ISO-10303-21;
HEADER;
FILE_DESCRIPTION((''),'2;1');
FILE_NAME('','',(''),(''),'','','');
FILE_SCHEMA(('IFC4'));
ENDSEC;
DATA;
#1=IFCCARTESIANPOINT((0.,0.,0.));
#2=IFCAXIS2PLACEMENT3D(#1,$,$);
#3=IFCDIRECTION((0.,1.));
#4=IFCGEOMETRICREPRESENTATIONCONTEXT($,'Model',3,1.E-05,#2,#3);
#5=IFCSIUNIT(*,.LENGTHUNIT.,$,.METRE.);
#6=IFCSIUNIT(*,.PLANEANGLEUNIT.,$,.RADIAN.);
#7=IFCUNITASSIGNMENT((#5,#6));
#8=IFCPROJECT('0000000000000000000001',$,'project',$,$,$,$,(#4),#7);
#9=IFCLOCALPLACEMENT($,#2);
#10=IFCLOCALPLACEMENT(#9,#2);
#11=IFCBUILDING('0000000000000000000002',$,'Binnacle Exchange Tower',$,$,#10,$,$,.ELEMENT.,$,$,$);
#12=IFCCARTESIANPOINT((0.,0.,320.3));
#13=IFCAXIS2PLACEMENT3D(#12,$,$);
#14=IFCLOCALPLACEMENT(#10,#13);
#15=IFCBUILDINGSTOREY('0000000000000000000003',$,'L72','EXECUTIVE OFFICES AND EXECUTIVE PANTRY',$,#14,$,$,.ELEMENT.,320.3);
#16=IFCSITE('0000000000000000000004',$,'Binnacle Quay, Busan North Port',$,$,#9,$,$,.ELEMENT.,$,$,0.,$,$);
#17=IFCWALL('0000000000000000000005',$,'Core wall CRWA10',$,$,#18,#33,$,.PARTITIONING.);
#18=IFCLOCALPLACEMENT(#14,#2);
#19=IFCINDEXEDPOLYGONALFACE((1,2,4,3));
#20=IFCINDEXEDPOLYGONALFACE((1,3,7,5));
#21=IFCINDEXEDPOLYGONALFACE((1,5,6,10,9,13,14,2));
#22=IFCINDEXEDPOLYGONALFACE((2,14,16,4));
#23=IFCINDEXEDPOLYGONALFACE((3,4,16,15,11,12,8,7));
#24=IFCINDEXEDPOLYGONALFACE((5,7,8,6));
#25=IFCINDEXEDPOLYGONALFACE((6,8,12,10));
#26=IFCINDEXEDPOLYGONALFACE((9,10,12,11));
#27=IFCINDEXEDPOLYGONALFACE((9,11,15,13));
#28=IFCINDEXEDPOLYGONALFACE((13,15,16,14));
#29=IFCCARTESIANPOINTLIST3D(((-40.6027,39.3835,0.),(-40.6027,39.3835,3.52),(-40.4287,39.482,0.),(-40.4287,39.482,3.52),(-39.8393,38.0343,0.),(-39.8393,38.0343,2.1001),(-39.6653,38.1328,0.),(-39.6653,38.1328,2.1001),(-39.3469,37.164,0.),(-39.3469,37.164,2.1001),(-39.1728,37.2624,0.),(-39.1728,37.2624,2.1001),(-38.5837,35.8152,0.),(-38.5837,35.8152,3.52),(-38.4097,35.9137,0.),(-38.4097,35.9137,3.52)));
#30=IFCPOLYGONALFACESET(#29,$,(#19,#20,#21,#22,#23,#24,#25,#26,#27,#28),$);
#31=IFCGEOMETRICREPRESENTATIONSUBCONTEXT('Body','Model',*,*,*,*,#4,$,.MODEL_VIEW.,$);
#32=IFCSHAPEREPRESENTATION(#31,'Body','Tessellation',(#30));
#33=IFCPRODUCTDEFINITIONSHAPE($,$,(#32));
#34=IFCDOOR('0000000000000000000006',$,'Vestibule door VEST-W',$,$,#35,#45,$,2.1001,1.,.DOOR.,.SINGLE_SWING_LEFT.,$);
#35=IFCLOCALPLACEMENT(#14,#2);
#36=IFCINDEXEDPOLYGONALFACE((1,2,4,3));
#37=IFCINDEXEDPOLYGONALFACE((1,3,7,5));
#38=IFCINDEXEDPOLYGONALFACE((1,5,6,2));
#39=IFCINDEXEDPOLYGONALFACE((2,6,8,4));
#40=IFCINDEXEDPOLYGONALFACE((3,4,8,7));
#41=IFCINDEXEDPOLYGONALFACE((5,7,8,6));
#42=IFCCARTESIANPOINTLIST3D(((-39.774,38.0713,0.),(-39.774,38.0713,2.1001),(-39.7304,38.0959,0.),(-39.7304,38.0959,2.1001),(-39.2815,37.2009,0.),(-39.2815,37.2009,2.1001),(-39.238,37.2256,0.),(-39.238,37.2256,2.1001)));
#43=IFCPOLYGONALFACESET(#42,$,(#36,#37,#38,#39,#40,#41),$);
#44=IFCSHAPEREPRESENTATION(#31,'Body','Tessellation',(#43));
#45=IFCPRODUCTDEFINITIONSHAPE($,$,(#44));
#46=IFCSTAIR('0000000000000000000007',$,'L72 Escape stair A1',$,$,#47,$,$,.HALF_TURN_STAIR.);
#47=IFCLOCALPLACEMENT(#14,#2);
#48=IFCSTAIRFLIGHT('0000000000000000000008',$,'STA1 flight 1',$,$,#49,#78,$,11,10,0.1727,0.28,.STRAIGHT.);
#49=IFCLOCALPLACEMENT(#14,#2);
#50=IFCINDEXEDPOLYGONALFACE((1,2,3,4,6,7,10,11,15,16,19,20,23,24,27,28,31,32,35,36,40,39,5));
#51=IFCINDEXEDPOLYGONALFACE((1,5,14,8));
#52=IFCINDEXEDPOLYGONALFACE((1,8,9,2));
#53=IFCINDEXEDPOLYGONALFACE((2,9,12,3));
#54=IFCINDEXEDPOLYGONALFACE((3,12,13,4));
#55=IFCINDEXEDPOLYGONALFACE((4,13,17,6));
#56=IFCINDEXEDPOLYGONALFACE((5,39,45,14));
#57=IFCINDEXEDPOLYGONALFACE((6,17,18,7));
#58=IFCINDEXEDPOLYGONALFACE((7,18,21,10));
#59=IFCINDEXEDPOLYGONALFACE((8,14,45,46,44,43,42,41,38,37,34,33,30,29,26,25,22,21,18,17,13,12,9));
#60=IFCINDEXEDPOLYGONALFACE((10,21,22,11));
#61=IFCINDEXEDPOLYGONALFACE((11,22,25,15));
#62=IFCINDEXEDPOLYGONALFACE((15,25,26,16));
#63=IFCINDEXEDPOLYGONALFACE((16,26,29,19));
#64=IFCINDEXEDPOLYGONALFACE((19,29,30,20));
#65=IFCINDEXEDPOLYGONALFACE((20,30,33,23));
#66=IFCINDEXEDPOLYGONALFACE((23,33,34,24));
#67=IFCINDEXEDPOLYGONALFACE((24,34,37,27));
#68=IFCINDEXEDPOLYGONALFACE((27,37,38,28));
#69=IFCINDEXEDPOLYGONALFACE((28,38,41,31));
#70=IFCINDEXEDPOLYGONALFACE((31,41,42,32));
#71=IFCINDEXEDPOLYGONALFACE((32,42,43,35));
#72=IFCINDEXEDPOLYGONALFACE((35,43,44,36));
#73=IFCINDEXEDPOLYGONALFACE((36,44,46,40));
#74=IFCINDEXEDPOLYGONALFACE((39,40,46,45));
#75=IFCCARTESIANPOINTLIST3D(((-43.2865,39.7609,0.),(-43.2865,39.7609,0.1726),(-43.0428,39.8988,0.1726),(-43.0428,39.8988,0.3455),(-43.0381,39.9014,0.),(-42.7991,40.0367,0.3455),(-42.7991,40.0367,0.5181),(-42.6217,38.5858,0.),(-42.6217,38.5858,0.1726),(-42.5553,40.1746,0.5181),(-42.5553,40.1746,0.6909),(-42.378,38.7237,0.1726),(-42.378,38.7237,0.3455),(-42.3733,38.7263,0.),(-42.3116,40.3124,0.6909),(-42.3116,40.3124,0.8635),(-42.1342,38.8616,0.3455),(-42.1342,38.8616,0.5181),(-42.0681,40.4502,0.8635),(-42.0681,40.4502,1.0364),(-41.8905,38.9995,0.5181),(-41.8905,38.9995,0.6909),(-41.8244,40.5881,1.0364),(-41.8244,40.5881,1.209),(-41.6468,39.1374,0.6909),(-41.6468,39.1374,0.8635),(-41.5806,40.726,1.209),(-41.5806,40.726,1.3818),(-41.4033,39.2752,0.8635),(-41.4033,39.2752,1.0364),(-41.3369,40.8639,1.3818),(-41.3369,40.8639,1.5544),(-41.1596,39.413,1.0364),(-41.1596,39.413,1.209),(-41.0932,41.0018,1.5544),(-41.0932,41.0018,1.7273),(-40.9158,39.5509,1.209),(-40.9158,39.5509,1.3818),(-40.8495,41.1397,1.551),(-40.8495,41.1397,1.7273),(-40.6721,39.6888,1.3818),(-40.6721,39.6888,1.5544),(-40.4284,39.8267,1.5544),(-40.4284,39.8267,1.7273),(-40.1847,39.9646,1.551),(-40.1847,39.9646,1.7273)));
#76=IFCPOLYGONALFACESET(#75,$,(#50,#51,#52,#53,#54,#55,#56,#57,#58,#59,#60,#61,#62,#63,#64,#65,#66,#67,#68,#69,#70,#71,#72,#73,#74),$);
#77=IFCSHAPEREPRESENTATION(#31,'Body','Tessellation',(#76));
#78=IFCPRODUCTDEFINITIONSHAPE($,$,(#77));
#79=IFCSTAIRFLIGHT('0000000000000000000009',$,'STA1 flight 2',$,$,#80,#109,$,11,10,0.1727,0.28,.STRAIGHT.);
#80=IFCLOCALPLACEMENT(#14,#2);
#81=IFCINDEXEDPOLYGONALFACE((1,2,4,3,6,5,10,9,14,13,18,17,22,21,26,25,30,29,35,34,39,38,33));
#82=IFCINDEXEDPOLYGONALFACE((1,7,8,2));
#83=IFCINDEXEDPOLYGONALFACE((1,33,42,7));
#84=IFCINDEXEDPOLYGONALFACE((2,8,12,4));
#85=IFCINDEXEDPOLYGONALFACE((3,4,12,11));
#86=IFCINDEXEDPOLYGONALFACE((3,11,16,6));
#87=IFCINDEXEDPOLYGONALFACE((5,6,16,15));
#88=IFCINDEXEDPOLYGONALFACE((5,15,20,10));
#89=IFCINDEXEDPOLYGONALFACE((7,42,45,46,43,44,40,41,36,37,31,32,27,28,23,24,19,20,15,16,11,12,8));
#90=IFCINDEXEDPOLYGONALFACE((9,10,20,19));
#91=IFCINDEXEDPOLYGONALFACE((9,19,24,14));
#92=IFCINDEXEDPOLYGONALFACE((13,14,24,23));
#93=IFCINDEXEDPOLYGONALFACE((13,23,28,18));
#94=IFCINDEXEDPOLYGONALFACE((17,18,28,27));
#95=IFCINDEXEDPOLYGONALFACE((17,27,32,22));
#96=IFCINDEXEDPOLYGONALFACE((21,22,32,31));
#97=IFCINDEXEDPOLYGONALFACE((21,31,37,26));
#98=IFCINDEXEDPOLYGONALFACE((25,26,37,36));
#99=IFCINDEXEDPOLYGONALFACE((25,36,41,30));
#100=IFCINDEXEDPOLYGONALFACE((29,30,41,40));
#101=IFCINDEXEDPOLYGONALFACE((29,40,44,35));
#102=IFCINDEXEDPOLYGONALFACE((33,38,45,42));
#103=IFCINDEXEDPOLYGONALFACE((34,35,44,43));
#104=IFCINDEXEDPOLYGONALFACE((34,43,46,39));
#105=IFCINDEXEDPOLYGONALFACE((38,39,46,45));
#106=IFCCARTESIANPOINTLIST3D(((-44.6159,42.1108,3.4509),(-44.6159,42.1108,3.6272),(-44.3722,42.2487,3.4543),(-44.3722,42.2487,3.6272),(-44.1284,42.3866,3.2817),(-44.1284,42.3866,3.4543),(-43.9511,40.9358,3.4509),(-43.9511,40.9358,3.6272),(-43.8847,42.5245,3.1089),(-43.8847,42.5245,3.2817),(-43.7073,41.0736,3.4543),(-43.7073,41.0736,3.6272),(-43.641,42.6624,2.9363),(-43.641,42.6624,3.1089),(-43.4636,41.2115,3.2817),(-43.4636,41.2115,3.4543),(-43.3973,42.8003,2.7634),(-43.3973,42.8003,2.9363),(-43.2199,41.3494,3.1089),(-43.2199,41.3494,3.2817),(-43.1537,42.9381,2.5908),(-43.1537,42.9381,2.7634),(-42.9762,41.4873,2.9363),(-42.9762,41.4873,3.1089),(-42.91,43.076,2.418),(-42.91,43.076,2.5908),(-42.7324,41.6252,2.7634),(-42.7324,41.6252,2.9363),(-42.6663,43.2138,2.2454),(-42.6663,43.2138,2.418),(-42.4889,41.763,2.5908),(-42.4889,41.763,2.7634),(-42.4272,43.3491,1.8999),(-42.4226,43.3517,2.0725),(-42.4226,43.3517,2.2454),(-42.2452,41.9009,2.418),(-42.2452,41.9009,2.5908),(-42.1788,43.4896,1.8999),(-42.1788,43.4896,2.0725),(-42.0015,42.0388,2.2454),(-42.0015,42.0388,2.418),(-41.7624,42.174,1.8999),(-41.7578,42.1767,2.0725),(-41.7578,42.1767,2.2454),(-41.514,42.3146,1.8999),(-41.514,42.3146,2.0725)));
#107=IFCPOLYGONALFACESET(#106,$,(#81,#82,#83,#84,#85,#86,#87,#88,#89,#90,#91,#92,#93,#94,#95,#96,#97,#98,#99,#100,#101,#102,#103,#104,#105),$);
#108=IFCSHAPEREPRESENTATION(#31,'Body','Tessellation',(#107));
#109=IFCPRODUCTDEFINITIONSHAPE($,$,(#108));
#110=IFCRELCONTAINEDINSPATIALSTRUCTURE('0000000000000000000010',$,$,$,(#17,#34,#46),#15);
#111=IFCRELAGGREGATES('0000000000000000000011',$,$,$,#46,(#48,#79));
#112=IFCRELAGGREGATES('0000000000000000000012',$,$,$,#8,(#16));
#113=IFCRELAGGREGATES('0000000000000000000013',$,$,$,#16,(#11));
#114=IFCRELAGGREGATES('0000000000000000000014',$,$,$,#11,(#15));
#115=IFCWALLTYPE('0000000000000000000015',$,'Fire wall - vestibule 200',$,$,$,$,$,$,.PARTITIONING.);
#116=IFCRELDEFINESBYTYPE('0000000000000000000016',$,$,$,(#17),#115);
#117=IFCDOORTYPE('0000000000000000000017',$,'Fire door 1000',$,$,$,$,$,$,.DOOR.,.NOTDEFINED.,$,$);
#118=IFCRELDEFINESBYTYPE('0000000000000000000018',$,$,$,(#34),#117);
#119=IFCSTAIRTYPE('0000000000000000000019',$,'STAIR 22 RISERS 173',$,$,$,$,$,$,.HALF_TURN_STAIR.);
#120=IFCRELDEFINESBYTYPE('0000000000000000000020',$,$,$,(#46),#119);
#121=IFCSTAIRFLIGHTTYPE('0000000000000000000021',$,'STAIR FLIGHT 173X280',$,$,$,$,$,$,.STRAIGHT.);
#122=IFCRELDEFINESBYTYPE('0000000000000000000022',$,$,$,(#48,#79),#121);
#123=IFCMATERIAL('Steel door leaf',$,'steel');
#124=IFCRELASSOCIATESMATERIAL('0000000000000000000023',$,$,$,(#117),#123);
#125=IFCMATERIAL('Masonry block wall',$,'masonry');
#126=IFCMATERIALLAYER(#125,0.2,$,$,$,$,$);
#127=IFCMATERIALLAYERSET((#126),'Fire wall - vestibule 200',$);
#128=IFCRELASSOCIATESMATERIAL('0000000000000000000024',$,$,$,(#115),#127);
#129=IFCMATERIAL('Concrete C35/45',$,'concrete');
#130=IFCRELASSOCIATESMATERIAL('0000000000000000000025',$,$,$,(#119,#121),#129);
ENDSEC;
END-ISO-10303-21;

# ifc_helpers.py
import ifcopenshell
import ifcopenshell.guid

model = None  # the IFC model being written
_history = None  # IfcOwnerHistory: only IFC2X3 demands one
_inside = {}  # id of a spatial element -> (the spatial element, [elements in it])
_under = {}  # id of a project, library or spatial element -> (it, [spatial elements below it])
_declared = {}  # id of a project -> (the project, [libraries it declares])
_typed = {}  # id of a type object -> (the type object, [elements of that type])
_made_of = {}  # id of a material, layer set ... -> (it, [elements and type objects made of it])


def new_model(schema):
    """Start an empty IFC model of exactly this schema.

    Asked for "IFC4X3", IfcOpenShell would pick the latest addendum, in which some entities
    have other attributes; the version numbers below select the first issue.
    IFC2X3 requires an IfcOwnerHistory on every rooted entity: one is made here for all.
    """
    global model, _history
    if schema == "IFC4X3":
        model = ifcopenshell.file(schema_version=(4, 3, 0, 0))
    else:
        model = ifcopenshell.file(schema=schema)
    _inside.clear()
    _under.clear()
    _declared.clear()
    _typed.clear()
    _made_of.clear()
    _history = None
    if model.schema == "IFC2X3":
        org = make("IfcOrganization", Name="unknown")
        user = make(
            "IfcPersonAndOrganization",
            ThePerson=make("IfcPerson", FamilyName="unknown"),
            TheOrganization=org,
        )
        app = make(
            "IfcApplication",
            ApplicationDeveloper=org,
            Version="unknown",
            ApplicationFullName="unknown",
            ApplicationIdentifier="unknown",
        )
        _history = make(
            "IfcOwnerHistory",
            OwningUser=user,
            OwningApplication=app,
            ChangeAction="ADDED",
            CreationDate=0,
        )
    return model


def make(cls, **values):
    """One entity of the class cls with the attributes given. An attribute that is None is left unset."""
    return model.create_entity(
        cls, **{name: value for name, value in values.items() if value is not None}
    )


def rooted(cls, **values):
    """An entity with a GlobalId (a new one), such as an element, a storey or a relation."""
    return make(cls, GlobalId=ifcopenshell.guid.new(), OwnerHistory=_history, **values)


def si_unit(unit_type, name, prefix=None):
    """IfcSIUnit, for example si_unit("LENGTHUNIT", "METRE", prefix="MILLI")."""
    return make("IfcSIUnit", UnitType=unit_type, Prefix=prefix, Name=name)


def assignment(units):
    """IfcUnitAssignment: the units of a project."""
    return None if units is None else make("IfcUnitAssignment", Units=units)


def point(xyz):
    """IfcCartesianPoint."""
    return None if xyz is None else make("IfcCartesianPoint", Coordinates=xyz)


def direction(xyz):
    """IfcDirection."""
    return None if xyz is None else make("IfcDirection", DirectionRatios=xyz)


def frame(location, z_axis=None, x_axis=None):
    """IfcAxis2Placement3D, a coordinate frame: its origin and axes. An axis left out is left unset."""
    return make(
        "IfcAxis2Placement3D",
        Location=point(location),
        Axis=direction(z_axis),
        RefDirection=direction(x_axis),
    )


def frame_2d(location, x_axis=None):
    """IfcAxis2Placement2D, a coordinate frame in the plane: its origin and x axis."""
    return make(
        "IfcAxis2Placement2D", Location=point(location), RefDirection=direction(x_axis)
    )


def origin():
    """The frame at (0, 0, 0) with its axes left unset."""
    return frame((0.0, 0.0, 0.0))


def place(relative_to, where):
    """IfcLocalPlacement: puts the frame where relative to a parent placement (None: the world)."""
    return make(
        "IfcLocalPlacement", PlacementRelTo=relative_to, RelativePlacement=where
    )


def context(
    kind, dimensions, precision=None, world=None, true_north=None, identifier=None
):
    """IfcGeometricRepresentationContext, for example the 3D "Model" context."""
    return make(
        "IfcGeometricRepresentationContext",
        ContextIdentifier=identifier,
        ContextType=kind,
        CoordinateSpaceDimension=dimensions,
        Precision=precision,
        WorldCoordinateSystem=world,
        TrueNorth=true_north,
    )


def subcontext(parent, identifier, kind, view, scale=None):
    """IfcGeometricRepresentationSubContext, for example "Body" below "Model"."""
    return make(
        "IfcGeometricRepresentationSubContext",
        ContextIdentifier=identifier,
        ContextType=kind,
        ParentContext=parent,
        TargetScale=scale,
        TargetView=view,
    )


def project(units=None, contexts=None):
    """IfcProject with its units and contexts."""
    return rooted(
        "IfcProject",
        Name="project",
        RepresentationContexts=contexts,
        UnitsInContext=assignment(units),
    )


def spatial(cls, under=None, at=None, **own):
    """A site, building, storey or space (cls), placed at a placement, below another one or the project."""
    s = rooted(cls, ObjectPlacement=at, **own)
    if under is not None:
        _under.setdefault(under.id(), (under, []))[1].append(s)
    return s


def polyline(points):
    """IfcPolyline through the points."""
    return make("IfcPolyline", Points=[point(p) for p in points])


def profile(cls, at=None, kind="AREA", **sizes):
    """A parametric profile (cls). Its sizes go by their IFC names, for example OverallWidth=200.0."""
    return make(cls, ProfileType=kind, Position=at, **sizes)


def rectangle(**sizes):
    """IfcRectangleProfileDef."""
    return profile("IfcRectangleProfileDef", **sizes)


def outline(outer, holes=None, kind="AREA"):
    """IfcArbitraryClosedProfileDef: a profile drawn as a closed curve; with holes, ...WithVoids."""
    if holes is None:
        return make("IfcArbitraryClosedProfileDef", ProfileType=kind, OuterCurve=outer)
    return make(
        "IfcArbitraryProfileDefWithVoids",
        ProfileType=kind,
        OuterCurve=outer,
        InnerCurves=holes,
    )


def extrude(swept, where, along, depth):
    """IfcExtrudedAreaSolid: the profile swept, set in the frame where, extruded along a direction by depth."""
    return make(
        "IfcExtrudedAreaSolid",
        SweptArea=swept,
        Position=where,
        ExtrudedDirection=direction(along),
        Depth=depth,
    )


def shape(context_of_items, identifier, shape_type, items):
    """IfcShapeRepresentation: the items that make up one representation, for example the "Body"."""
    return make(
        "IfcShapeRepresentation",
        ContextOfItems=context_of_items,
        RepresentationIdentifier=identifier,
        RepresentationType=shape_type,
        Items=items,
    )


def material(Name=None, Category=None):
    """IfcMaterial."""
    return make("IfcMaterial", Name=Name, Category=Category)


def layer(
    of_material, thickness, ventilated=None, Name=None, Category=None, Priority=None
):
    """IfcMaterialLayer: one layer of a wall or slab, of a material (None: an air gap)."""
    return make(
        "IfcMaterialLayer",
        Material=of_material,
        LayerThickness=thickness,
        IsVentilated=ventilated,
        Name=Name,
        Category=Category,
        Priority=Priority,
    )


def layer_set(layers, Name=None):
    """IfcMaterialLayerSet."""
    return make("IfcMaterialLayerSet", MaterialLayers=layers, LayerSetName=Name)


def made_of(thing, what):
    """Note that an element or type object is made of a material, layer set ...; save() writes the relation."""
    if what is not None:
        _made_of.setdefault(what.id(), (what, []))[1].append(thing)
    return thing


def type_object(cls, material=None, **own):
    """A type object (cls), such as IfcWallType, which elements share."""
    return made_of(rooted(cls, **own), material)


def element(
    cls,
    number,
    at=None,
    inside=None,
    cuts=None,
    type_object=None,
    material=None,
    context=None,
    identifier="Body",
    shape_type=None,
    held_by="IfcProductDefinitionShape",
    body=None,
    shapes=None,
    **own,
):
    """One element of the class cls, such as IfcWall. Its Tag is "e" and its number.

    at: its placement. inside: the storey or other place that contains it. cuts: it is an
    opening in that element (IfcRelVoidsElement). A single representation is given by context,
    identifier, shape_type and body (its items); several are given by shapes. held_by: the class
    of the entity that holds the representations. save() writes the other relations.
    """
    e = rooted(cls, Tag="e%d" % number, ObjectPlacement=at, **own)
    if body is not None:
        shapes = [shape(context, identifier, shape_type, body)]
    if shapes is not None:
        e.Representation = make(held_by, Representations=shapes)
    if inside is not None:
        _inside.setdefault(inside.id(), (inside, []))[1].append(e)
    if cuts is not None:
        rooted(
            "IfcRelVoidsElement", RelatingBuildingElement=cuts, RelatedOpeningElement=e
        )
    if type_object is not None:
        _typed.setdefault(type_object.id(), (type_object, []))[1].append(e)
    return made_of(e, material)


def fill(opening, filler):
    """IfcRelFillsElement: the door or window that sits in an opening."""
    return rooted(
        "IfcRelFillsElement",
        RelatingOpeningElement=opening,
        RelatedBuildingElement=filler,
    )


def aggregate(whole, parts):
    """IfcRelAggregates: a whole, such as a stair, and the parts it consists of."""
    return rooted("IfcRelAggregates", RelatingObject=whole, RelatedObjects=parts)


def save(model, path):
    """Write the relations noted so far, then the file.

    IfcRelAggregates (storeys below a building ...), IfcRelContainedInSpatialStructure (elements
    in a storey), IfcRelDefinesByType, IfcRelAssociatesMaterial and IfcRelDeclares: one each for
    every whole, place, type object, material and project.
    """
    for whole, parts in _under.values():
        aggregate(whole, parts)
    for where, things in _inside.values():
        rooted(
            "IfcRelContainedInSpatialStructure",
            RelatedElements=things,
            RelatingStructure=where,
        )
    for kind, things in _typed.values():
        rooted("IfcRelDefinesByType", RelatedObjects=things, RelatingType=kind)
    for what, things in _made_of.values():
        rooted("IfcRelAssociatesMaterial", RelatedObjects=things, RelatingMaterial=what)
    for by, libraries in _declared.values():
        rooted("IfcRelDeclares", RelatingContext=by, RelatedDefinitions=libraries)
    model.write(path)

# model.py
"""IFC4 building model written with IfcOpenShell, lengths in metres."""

from ifc_helpers import new_model, si_unit, direction, frame, frame_2d, origin, place, context, subcontext, project, spatial, polyline, rectangle, outline, extrude, material, layer, layer_set, type_object, element, fill, aggregate, save


model = new_model("IFC4")

# Units and contexts
model_context = context("Model", 3, precision=1e-05, world=origin(), true_north=direction((0.0, 1.0)))
body_context = subcontext(model_context, "Body", "Model", "MODEL_VIEW")
ifc_project = project(units=[si_unit("LENGTHUNIT", "METRE"), si_unit("PLANEANGLEUNIT", "RADIAN")], contexts=[model_context])

# Site, building, storey
site_placement = place(None, origin())
site = spatial("IfcSite", under=ifc_project, at=site_placement, Name="Binnacle Quay, Busan North Port", CompositionType="ELEMENT", RefElevation=0.0)
building_placement = place(site_placement, origin())
building = spatial("IfcBuilding", under=site, at=building_placement, Name="Binnacle Exchange Tower", CompositionType="ELEMENT")
storey_placement = place(building_placement, frame((0.0, 0.0, 320.3)))
storey = spatial("IfcBuildingStorey", under=building, at=storey_placement, Name="L72", Description="EXECUTIVE OFFICES AND EXECUTIVE PANTRY", CompositionType="ELEMENT", Elevation=320.3)

# Shared definitions
ifc_material_1 = material(Name="Steel door leaf", Category="steel")

# Shared definitions
door_type_1 = type_object("IfcDoorType", Name="Fire door 1000", OperationType="NOTDEFINED", PredefinedType="DOOR", material=ifc_material_1)

# Wall, opening, door
ifc_material_2 = material(Name="Masonry block wall", Category="masonry")
ifc_layer_1 = layer(ifc_material_2, 0.2)
ifc_layer_set_1 = layer_set([ifc_layer_1], Name="Fire wall - vestibule 200")
wall_type_1 = type_object("IfcWallType", Name="Fire wall - vestibule 200", PredefinedType="PARTITIONING", material=ifc_layer_set_1)
wall_1_placement = place(storey_placement, frame((-40.5156, 39.4326, 0.0), z_axis=(0.0, 0.0, 1.0), x_axis=(0.492454, -0.870339, 0.0)))
wall_1 = element("IfcWall", 1, at=wall_1_placement, inside=storey, type_object=wall_type_1, Name="Core wall CRWA10", PredefinedType="PARTITIONING", context=body_context, shape_type="SweptSolid", body=[
    extrude(rectangle(XDim=4.0999, YDim=0.2, at=frame_2d((2.0498, 0.0))), origin(), (0.0, 0.0, 1.0), 3.52),
])
opening_1_placement = place(wall_1_placement, frame((1.55, 0.0, 0.0)))
opening_1 = element("IfcOpeningElement", 2, at=opening_1_placement, cuts=wall_1, PredefinedType="OPENING", context=body_context, shape_type="SweptSolid", body=[
    extrude(rectangle(XDim=1.0, YDim=2.1001, at=frame_2d((0.5, 1.05))), frame((0.0, 0.1099, 0.0), z_axis=(0.0, -1.0, 0.0), x_axis=(1.0, 0.0, 0.0)), (0.0, 0.0, 1.0), 0.22),
])
door_1_placement = place(opening_1_placement, frame((1.0, 0.0, 0.0), z_axis=(0.0, 0.0, 1.0), x_axis=(-1.0, 0.0, 0.0)))
door_1 = element("IfcDoor", 3, at=door_1_placement, inside=storey, type_object=door_type_1, Name="Vestibule door VEST-W", OperationType="SINGLE_SWING_LEFT", OverallHeight=2.1001, OverallWidth=1.0, PredefinedType="DOOR", context=body_context, shape_type="SweptSolid", body=[
    extrude(rectangle(XDim=1.0, YDim=2.1001, at=frame_2d((0.5, 1.05))), frame((0.0, 0.0249, 0.0), z_axis=(0.0, -1.0, 0.0), x_axis=(1.0, 0.0, 0.0)), (0.0, 0.0, 1.0), 0.05),
])
fill(opening_1, door_1)

# Stair, stair flights
ifc_material_3 = material(Name="Concrete C35/45", Category="concrete")
stair_type = type_object("IfcStairType", Name="STAIR 22 RISERS 173", PredefinedType="HALF_TURN_STAIR", material=ifc_material_3)
stair_placement = place(storey_placement, origin())
stair = element("IfcStair", 4, at=stair_placement, inside=storey, type_object=stair_type, Name="L72 Escape stair A1", PredefinedType="HALF_TURN_STAIR")
stair_flight_type = type_object("IfcStairFlightType", Name="STAIR FLIGHT 173X280", PredefinedType="STRAIGHT", material=ifc_material_3)
stair_flight_1_placement = place(storey_placement, frame((-42.9541, 39.1733, 0.0), z_axis=(0.0, 0.0, 1.0), x_axis=(0.870356, 0.492424, 0.0)))
stair_flight_1 = element("IfcStairFlight", 5, at=stair_flight_1_placement, type_object=stair_flight_type, Name="STA1 flight 1", NumberOfRisers=11, NumberOfTreads=10, PredefinedType="STRAIGHT", RiserHeight=0.1727, TreadLength=0.28, context=body_context, shape_type="SweptSolid", body=[
    extrude(outline(polyline([(0.0, 0.0), (0.0, 0.1726), (0.28, 0.1726), (0.28, 0.3455), (0.5601, 0.3455), (0.5601, 0.5181), (0.8401, 0.5181), (0.8401, 0.6909), (1.1201, 0.6909), (1.1201, 0.8635), (1.3999, 0.8635), (1.3999, 1.0364), (1.6799, 1.0364), (1.6799, 1.209), (1.96, 1.209), (1.96, 1.3818), (2.24, 1.3818), (2.24, 1.5544), (2.52, 1.5544), (2.52, 1.7273), (2.8, 1.7273), (2.8, 1.8999), (2.8, 1.551), (0.2854, 0.0), (0.0, 0.0)])), frame((0.0, 0.675, 0.0), z_axis=(0.0, -1.0, 0.0), x_axis=(1.0, 0.0, 0.0)), (0.0, 0.0, 1.0), 1.3501),
])
stair_flight_2_placement = place(storey_placement, frame((-41.8464, 42.9021, 1.8999), z_axis=(0.0, 0.0, 1.0), x_axis=(-0.870356, -0.492424, 0.0)))
stair_flight_2 = element("IfcStairFlight", 6, at=stair_flight_2_placement, type_object=stair_flight_type, Name="STA1 flight 2", NumberOfRisers=11, NumberOfTreads=10, PredefinedType="STRAIGHT", RiserHeight=0.1727, TreadLength=0.28, context=body_context, shape_type="SweptSolid", body=[
    extrude(outline(polyline([(0.0, 0.0), (0.0, 0.1726), (0.28, 0.1726), (0.28, 0.3455), (0.5601, 0.3455), (0.5601, 0.5181), (0.8401, 0.5181), (0.8401, 0.6909), (1.1201, 0.6909), (1.1201, 0.8635), (1.3999, 0.8635), (1.3999, 1.0364), (1.6799, 1.0364), (1.6799, 1.209), (1.96, 1.209), (1.96, 1.3818), (2.24, 1.3818), (2.24, 1.5544), (2.52, 1.5544), (2.52, 1.7273), (2.8, 1.7273), (2.8, 1.8999), (2.8, 1.551), (0.2854, 0.0), (0.0, 0.0)])), frame((0.0, 0.675, 0.0), z_axis=(0.0, -1.0, 0.0), x_axis=(1.0, 0.0, 0.0)), (0.0, 0.0, 1.0), 1.3501),
])
aggregate(stair, [stair_flight_1, stair_flight_2])

save(model, "model.ifc")
